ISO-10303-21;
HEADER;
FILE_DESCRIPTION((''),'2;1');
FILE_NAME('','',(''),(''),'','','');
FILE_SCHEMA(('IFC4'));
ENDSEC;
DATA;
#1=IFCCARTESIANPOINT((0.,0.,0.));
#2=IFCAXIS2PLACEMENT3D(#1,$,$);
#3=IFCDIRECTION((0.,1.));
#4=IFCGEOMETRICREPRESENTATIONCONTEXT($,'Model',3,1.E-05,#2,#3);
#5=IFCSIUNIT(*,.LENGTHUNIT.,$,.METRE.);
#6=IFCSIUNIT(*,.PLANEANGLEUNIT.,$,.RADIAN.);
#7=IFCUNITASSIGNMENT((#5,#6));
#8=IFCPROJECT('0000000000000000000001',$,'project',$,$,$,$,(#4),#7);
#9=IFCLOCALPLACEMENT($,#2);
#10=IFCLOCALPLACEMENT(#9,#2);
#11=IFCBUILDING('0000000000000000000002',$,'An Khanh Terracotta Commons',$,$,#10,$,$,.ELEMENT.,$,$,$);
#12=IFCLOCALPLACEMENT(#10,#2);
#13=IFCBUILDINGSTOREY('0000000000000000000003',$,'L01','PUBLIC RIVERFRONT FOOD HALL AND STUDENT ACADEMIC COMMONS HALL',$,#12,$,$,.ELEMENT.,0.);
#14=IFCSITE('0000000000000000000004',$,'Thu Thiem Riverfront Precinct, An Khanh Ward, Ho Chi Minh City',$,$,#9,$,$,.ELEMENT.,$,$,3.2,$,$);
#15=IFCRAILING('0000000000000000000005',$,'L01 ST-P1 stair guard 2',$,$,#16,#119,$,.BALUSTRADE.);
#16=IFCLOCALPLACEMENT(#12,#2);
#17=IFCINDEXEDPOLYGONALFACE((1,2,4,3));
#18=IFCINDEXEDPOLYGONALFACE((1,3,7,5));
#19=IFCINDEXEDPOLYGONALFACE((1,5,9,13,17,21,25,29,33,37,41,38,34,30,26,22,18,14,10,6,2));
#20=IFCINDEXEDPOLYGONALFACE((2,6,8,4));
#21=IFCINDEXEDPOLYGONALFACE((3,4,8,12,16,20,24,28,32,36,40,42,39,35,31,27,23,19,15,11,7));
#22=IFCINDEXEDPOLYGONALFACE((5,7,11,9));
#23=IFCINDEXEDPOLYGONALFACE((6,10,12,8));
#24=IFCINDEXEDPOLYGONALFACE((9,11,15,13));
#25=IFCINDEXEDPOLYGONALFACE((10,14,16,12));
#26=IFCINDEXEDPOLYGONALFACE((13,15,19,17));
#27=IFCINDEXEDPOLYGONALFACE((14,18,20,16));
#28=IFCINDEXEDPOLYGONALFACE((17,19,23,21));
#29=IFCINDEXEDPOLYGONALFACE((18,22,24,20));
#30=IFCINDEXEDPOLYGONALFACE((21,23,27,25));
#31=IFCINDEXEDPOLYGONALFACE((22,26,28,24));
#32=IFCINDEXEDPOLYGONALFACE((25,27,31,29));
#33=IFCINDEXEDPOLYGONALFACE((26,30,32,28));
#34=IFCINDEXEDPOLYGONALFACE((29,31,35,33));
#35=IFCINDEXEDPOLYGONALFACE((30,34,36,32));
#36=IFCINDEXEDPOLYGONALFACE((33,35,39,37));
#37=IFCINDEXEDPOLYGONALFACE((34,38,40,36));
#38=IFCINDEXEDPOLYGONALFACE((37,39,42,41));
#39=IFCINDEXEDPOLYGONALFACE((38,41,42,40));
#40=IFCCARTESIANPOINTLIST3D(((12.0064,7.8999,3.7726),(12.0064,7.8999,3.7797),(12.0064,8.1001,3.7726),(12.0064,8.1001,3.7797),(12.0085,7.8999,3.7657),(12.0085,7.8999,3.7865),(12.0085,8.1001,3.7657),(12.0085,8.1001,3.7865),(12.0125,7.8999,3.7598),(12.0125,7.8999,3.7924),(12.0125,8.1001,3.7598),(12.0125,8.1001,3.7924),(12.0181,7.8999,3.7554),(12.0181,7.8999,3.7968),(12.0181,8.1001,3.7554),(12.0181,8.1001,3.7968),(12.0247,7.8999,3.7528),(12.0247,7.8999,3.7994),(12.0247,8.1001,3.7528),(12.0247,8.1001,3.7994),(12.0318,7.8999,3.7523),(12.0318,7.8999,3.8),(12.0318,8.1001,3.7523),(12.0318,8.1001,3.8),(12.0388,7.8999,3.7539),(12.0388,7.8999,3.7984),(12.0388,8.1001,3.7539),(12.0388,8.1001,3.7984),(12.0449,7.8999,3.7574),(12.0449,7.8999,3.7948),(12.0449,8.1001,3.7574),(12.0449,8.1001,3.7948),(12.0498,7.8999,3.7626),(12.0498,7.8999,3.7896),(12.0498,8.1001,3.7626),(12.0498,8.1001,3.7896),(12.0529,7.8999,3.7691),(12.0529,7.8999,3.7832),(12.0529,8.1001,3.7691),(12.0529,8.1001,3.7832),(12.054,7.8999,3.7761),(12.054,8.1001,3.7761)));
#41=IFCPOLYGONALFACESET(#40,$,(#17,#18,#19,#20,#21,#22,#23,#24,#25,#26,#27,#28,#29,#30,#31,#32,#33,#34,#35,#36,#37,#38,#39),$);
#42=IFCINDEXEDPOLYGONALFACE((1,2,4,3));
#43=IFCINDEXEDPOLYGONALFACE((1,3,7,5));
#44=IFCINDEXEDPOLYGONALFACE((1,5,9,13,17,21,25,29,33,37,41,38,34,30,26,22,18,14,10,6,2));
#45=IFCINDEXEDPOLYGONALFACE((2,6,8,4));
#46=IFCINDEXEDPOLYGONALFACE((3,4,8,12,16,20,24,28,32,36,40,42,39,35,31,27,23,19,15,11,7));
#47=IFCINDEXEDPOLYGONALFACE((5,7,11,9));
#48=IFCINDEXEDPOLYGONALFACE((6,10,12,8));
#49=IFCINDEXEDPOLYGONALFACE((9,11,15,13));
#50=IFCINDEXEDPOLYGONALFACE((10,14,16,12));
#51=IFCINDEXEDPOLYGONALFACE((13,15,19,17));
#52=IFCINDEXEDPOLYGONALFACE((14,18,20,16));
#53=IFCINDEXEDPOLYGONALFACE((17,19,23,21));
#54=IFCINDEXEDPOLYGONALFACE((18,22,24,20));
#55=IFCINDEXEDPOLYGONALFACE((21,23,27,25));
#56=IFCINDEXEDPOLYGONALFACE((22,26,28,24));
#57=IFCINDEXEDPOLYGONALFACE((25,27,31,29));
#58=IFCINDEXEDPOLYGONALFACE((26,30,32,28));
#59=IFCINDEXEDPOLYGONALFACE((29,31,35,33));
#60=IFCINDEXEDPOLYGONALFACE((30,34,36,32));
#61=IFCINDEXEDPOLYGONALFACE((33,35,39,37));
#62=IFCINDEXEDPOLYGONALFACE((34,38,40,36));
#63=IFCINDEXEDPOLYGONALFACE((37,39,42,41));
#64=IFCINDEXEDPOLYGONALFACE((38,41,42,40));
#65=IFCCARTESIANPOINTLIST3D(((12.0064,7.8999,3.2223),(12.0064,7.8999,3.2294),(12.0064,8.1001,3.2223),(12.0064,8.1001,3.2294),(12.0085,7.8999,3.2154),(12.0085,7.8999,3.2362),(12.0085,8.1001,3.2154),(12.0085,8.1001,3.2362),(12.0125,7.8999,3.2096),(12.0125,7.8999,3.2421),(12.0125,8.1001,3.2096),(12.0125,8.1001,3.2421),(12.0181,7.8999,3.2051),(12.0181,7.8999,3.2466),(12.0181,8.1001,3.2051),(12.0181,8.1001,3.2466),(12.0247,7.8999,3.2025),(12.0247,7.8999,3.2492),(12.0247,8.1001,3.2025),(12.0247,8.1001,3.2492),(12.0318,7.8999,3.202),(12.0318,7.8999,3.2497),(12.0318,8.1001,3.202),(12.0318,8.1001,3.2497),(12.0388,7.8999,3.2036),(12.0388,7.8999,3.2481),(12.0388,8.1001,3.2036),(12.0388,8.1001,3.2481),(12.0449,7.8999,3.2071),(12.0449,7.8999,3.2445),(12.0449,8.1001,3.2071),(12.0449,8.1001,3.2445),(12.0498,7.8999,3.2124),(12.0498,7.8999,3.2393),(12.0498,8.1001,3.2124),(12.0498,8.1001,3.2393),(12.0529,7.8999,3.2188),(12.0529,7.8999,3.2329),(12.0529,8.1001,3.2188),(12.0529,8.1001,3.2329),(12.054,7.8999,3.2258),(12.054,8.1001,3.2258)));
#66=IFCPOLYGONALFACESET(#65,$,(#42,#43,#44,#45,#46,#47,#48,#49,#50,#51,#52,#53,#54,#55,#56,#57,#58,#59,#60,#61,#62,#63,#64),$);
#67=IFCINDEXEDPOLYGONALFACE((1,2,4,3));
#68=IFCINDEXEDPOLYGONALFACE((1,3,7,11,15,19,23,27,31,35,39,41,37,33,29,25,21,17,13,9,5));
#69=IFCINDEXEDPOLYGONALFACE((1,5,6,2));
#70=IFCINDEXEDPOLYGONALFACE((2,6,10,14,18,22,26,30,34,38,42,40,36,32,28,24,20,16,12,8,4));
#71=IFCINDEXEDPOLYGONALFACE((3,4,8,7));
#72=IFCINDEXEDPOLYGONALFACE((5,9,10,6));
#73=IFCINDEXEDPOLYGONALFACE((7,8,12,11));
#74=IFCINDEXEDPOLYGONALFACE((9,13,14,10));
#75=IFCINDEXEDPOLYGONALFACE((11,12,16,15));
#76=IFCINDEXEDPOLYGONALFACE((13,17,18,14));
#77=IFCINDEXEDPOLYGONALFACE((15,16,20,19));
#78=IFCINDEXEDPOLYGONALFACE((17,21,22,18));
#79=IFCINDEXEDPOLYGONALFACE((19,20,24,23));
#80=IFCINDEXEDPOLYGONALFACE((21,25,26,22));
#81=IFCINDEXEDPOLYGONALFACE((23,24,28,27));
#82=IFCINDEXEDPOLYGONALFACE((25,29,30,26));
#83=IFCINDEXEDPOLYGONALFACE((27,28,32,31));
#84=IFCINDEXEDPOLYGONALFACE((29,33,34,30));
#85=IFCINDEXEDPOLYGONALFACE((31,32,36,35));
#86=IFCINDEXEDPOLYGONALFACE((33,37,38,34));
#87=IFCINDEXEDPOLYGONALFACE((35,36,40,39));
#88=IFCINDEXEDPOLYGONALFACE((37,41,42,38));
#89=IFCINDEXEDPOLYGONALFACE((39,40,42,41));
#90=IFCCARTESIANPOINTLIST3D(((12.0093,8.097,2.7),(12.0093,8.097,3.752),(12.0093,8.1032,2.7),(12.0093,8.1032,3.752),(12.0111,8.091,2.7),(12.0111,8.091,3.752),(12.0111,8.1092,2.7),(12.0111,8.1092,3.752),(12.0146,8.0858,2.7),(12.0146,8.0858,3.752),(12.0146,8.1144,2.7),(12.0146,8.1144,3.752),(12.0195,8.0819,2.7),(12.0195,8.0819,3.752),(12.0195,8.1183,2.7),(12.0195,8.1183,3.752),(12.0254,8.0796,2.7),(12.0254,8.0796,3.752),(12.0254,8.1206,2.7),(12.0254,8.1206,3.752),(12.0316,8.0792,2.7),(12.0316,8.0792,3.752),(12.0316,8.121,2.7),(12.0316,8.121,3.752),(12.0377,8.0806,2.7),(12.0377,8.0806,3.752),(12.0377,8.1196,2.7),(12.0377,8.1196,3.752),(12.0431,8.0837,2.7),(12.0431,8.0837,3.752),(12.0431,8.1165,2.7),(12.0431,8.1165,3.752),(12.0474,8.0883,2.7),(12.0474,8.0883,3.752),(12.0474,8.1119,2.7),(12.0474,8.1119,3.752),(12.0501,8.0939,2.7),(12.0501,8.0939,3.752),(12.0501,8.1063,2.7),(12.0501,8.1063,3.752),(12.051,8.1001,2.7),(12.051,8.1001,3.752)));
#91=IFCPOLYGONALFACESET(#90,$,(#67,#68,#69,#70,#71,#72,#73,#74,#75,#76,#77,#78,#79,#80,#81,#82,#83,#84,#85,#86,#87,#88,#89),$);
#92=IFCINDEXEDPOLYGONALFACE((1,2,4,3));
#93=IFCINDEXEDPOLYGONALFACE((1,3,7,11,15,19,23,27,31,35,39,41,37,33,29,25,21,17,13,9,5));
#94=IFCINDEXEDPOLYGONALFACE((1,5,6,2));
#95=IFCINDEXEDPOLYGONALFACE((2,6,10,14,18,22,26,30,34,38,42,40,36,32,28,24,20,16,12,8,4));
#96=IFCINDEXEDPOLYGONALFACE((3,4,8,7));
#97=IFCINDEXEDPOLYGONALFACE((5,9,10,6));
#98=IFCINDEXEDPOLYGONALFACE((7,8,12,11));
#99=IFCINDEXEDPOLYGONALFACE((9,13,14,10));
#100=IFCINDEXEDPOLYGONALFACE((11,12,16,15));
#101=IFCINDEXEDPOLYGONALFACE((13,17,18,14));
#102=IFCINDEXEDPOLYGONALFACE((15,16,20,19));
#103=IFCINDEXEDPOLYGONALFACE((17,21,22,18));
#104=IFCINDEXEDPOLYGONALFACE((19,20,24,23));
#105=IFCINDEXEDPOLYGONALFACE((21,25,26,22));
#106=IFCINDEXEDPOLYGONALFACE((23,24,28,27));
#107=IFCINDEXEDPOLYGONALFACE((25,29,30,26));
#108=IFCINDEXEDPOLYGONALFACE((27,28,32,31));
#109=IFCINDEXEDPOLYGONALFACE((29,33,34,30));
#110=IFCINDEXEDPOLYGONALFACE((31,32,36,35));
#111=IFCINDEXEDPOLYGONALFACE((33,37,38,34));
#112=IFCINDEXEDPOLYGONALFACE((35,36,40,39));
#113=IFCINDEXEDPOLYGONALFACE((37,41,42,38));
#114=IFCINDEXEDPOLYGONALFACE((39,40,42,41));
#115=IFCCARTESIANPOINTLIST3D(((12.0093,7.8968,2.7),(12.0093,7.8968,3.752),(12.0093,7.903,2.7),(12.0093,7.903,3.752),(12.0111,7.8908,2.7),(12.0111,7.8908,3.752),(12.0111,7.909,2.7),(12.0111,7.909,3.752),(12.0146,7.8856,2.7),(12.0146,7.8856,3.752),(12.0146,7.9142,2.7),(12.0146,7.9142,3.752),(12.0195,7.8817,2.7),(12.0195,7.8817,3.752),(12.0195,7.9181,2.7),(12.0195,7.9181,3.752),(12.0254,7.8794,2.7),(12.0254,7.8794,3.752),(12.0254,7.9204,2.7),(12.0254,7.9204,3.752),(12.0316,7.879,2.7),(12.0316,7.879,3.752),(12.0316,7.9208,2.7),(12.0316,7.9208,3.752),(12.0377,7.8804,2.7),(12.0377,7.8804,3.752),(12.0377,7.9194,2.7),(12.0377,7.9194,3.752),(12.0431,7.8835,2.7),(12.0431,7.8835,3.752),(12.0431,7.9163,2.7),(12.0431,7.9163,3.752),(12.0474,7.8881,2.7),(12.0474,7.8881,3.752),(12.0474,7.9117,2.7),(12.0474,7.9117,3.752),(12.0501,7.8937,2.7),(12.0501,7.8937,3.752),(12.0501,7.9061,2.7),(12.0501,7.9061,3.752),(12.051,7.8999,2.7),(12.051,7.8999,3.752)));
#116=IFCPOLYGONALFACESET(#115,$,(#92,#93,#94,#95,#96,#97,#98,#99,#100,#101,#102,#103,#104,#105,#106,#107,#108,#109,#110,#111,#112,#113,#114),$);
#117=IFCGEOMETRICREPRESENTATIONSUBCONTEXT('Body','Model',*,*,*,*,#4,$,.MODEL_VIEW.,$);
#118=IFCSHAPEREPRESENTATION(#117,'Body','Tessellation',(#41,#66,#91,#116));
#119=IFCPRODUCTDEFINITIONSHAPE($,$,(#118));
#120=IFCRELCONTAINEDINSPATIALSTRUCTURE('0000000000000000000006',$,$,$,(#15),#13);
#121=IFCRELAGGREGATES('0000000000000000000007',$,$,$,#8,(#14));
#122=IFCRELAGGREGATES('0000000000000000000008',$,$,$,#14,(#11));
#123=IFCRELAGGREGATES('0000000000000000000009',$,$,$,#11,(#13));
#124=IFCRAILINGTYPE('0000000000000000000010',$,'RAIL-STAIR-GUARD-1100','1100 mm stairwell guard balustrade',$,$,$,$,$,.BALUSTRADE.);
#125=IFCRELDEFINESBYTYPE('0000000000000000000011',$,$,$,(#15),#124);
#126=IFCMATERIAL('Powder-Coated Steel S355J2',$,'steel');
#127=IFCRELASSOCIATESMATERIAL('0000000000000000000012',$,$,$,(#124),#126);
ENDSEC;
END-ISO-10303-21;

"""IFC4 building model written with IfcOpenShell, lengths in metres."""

from ifc_helpers import new_model, si_unit, direction, frame, origin, origin_2d, place, context, subcontext, project, spatial, circle, extrude, material, type_object, element, save


model = new_model("IFC4")

# Units and contexts
model_context = context("Model", 3, precision=1e-05, world=origin(), true_north=direction((0.0, 1.0)))
body_context = subcontext(model_context, "Body", "Model", "MODEL_VIEW")
ifc_project = project(units=[si_unit("LENGTHUNIT", "METRE"), si_unit("PLANEANGLEUNIT", "RADIAN")], contexts=[model_context])

# Site, building, storey
site_placement = place(None, origin())
site = spatial("IfcSite", under=ifc_project, at=site_placement, Name="Thu Thiem Riverfront Precinct, An Khanh Ward, Ho Chi Minh City", CompositionType="ELEMENT", RefElevation=3.2)
building_placement = place(site_placement, origin())
building = spatial("IfcBuilding", under=site, at=building_placement, Name="An Khanh Terracotta Commons", CompositionType="ELEMENT")
storey_placement = place(building_placement, origin())
storey = spatial("IfcBuildingStorey", under=building, at=storey_placement, Name="L01", Description="PUBLIC RIVERFRONT FOOD HALL AND STUDENT ACADEMIC COMMONS HALL", CompositionType="ELEMENT", Elevation=0.0)

# Railing
ifc_material_1 = material(Name="Powder-Coated Steel S355J2", Category="steel")
railing_type_1 = type_object("IfcRailingType", Name="RAIL-STAIR-GUARD-1100", Description="1100 mm stairwell guard balustrade", PredefinedType="BALUSTRADE", material=ifc_material_1)
railing_1_placement = place(storey_placement, frame((12.03, 8.1001, 2.7)))
element("IfcRailing", 1, at=railing_1_placement, inside=storey, type_object=railing_type_1, Name="L01 ST-P1 stair guard 2", PredefinedType="BALUSTRADE", context=body_context, shape_type="SweptSolid", body=[
    extrude(circle(Radius=0.0239, at=origin_2d()), frame((0.0, 0.0, 1.0762), z_axis=(0.0, -1.0, 0.0), x_axis=(1.0, 0.0, 0.0)), (0.0, 0.0, 1.0), 0.2002),
    extrude(circle(Radius=0.0239, at=origin_2d()), frame((0.0, 0.0, 0.5259), z_axis=(0.0, -1.0, 0.0), x_axis=(1.0, 0.0, 0.0)), (0.0, 0.0, 1.0), 0.2002),
    extrude(circle(Radius=0.021, at=origin_2d()), origin(), (0.0, 0.0, 1.0), 1.052),
    extrude(circle(Radius=0.021, at=origin_2d()), frame((0.0, -0.2002, 0.0)), (0.0, 0.0, 1.0), 1.052),
])

save(model, "model.ifc")
